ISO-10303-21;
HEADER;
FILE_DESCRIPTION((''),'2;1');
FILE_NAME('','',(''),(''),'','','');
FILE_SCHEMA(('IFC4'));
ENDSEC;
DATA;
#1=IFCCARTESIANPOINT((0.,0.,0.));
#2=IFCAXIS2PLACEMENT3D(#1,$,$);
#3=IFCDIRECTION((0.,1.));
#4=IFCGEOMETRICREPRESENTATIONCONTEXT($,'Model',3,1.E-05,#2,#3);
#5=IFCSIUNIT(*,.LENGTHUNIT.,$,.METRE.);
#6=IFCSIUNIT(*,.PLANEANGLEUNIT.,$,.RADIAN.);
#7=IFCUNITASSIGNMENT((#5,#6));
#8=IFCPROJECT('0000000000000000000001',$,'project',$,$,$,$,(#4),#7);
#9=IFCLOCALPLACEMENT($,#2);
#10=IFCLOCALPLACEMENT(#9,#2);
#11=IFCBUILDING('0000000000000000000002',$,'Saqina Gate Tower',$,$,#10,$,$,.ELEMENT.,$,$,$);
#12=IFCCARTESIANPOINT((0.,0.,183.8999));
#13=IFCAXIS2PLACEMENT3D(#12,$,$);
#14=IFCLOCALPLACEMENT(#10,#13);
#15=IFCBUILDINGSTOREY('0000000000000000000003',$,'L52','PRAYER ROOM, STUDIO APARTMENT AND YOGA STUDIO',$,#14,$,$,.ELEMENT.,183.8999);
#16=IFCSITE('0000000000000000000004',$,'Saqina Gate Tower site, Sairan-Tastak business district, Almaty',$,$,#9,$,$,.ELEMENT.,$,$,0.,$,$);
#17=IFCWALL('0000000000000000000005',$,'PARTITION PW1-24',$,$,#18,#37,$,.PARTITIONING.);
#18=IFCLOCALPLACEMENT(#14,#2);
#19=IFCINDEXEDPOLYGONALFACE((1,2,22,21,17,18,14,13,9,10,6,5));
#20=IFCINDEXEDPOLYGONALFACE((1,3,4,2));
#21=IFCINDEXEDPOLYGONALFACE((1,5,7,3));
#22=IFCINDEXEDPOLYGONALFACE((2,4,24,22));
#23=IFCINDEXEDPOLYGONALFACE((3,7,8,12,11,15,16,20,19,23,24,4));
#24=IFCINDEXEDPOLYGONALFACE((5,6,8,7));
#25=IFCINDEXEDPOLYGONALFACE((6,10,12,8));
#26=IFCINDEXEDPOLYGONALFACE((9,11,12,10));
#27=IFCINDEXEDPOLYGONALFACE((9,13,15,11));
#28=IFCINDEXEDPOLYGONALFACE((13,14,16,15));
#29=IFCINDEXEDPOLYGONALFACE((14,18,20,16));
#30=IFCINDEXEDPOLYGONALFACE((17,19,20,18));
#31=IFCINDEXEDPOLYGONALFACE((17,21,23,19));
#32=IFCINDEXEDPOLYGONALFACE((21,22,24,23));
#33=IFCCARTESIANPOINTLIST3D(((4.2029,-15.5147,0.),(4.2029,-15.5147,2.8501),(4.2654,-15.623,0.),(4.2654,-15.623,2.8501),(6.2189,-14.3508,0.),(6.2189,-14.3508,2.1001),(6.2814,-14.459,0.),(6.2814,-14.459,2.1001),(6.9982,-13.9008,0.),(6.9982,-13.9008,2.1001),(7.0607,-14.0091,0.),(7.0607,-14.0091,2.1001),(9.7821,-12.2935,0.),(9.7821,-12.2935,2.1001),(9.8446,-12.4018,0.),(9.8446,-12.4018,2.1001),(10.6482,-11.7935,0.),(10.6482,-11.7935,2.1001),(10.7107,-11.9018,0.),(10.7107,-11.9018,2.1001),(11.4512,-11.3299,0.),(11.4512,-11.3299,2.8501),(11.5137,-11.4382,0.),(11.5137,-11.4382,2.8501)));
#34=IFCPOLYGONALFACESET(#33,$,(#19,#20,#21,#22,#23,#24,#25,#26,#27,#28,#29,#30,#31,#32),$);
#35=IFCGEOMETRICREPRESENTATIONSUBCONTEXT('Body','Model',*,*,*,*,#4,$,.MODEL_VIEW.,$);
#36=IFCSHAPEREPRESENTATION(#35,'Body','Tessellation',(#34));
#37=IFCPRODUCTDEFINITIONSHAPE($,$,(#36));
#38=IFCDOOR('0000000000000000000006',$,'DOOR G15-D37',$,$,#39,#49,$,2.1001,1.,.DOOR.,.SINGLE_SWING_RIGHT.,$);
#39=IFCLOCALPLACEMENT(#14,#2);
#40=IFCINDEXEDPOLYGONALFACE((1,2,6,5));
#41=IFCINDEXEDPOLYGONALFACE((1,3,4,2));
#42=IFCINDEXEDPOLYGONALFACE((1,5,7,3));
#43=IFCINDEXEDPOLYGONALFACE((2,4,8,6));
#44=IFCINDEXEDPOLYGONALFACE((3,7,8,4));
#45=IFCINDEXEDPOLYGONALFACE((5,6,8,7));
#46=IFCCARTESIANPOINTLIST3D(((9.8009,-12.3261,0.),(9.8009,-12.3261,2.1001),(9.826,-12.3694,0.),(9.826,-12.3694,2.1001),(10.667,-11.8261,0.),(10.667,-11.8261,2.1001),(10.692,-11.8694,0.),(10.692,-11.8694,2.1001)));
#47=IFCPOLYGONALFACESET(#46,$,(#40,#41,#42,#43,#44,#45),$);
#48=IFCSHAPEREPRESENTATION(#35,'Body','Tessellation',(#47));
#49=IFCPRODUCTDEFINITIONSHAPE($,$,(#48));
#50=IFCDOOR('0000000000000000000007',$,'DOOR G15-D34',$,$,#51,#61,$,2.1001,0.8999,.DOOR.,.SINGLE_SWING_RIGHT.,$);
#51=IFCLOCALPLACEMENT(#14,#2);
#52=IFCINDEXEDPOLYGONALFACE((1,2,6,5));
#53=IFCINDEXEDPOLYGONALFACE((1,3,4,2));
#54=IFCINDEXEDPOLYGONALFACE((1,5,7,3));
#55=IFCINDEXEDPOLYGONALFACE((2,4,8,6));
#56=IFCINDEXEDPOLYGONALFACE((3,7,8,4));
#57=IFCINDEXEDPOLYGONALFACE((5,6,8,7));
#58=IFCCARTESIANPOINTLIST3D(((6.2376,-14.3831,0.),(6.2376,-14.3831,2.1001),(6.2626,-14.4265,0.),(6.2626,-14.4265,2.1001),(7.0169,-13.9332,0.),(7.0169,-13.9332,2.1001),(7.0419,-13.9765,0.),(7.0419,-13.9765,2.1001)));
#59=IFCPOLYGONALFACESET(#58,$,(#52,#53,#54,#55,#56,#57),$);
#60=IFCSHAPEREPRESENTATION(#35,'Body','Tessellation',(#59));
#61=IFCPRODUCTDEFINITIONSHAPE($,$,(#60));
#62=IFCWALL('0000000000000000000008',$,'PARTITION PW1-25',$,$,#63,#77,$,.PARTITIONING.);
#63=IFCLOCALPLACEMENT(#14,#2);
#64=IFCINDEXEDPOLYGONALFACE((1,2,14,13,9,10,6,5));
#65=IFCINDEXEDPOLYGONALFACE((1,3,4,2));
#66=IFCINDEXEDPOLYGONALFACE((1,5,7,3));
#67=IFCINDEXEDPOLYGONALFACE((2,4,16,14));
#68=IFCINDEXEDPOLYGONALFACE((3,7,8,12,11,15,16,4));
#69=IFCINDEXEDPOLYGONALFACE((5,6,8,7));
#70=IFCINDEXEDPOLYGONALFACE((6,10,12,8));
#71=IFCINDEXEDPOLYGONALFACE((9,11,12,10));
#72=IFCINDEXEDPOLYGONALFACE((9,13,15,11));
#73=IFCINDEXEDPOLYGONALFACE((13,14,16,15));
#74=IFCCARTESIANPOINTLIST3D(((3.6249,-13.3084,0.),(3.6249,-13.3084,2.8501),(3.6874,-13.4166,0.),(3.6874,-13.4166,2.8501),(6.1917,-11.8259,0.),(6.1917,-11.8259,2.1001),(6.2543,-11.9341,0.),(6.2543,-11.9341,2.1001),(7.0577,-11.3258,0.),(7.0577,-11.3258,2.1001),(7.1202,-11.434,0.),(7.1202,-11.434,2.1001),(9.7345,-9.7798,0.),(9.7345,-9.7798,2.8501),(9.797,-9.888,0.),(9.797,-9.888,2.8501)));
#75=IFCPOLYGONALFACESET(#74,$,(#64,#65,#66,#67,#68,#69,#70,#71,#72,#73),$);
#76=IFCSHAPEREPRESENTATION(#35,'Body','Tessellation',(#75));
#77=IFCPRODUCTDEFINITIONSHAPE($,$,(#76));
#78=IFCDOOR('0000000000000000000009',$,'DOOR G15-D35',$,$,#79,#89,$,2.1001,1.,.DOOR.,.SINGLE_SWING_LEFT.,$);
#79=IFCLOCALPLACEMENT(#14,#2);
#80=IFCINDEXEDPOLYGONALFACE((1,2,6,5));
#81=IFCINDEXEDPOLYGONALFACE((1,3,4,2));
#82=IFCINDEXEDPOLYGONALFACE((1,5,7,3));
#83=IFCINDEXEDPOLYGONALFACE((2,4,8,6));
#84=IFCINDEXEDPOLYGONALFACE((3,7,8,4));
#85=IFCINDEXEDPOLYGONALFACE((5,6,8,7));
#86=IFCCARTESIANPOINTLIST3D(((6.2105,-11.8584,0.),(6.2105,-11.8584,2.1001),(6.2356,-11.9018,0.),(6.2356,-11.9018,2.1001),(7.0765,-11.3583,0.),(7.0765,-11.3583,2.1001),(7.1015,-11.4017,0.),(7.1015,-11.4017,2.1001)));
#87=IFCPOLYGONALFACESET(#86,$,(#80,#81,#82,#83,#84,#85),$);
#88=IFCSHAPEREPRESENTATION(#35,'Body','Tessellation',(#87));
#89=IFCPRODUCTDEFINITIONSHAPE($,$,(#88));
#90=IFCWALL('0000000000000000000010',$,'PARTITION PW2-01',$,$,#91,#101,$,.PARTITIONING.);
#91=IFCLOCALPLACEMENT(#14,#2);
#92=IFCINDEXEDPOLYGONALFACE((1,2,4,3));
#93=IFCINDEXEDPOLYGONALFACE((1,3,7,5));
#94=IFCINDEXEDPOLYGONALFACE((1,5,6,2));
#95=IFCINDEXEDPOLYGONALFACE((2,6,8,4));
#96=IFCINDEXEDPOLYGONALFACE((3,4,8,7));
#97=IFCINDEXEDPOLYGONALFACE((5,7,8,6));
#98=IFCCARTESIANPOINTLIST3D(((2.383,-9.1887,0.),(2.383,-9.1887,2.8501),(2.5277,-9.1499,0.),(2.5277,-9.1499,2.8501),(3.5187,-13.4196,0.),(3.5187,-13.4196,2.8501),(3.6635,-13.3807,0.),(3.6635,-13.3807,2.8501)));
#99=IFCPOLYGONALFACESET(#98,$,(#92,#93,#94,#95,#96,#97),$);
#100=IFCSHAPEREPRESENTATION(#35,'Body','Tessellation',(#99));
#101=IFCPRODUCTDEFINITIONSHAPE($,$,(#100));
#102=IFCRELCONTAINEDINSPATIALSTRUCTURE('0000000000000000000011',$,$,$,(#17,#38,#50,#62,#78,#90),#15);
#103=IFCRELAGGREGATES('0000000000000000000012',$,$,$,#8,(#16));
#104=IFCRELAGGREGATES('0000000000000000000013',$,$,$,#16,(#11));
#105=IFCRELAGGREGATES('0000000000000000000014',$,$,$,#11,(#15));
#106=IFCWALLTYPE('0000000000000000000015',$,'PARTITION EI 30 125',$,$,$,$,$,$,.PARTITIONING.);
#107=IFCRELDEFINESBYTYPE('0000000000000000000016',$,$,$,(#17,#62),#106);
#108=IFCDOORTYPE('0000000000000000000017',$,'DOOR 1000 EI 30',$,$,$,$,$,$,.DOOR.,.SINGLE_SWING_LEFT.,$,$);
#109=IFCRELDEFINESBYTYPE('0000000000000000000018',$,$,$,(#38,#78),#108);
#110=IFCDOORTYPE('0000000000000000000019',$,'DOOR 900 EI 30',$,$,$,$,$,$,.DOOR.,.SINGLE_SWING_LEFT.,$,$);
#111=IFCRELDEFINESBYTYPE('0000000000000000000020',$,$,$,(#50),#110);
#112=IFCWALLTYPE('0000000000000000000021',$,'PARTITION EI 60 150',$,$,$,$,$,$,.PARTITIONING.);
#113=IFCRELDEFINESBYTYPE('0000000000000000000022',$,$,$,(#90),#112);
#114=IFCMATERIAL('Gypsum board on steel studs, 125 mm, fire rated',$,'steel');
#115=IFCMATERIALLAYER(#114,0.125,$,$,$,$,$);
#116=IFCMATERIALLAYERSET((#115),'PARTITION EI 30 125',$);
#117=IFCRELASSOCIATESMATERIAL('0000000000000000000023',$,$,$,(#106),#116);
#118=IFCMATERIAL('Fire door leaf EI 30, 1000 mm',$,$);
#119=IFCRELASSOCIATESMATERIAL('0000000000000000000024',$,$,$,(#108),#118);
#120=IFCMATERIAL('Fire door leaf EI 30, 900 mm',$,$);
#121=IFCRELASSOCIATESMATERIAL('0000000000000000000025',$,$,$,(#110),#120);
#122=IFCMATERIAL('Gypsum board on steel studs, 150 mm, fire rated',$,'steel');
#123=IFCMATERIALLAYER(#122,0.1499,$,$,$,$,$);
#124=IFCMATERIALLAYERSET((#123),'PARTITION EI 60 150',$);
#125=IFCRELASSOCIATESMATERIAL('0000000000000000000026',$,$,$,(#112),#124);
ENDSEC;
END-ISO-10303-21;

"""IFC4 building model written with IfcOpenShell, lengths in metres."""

from ifc_helpers import new_model, si_unit, direction, frame, frame_2d, origin, place, context, subcontext, project, spatial, rectangle, extrude, material, layer, layer_set, type_object, element, fill, save


model = new_model("IFC4")

# Units and contexts
model_context = context("Model", 3, precision=1e-05, world=origin(), true_north=direction((0.0, 1.0)))
body_context = subcontext(model_context, "Body", "Model", "MODEL_VIEW")
ifc_project = project(units=[si_unit("LENGTHUNIT", "METRE"), si_unit("PLANEANGLEUNIT", "RADIAN")], contexts=[model_context])

# Site, building, storey
site_placement = place(None, origin())
site = spatial("IfcSite", under=ifc_project, at=site_placement, Name="Saqina Gate Tower site, Sairan-Tastak business district, Almaty", CompositionType="ELEMENT", RefElevation=0.0)
building_placement = place(site_placement, origin())
building = spatial("IfcBuilding", under=site, at=building_placement, Name="Saqina Gate Tower", CompositionType="ELEMENT")
storey_placement = place(building_placement, frame((0.0, 0.0, 183.8999)))
storey = spatial("IfcBuildingStorey", under=building, at=storey_placement, Name="L52", Description="PRAYER ROOM, STUDIO APARTMENT AND YOGA STUDIO", CompositionType="ELEMENT", Elevation=183.8999)

# Shared definitions
ifc_material_1 = material(Name="Gypsum board on steel studs, 125 mm, fire rated", Category="steel")
ifc_layer_1 = layer(ifc_material_1, 0.125)
ifc_layer_set_1 = layer_set([ifc_layer_1], Name="PARTITION EI 30 125")
wall_type_1 = type_object("IfcWallType", Name="PARTITION EI 30 125", PredefinedType="PARTITIONING", material=ifc_layer_set_1)

# Wall, openings, doors
wall_1_placement = place(storey_placement, frame((4.2341, -15.5688, 0.0), z_axis=(0.0, 0.0, 1.0), x_axis=(0.866025, 0.500001, 0.0)))
wall_1 = element("IfcWall", 1, at=wall_1_placement, inside=storey, type_object=wall_type_1, Name="PARTITION PW1-24", PredefinedType="PARTITIONING", context=body_context, shape_type="SweptSolid", body=[
    extrude(rectangle(XDim=8.3696, YDim=0.125, at=frame_2d((4.1848, 0.0))), origin(), (0.0, 0.0, 1.0), 2.8501),
])
opening_1_placement = place(wall_1_placement, frame((2.3279, 0.0, 0.0)))
opening_1 = element("IfcOpeningElement", 2, at=opening_1_placement, cuts=wall_1, PredefinedType="OPENING", context=body_context, shape_type="SweptSolid", body=[
    extrude(rectangle(XDim=0.8999, YDim=2.1001, at=frame_2d((0.45, 1.05))), frame((0.0, 0.0745, 0.0), z_axis=(0.0, -1.0, 0.0), x_axis=(1.0, 0.0, 0.0)), (0.0, 0.0, 1.0), 0.1489),
])
opening_2_placement = place(wall_1_placement, frame((6.4424, 0.0, 0.0)))
opening_2 = element("IfcOpeningElement", 3, at=opening_2_placement, cuts=wall_1, PredefinedType="OPENING", context=body_context, shape_type="SweptSolid", body=[
    extrude(rectangle(XDim=1.0, YDim=2.1001, at=frame_2d((0.5, 1.05))), frame((0.0, 0.0745, 0.0), z_axis=(0.0, -1.0, 0.0), x_axis=(1.0, 0.0, 0.0)), (0.0, 0.0, 1.0), 0.1489),
])
ifc_material_2 = material(Name="Fire door leaf EI 30, 1000 mm")
door_type_1 = type_object("IfcDoorType", Name="DOOR 1000 EI 30", OperationType="SINGLE_SWING_LEFT", PredefinedType="DOOR", material=ifc_material_2)
door_1_placement = place(opening_2_placement, origin())
door_1 = element("IfcDoor", 4, at=door_1_placement, inside=storey, type_object=door_type_1, Name="DOOR G15-D37", OperationType="SINGLE_SWING_RIGHT", OverallHeight=2.1001, OverallWidth=1.0, PredefinedType="DOOR", context=body_context, shape_type="SweptSolid", body=[
    extrude(rectangle(XDim=1.0, YDim=2.1001, at=frame_2d((0.5, 1.05))), frame((0.0, 0.0249, 0.0), z_axis=(0.0, -1.0, 0.0), x_axis=(1.0, 0.0, 0.0)), (0.0, 0.0, 1.0), 0.05),
])
fill(opening_2, door_1)
ifc_material_3 = material(Name="Fire door leaf EI 30, 900 mm")
door_type_2 = type_object("IfcDoorType", Name="DOOR 900 EI 30", OperationType="SINGLE_SWING_LEFT", PredefinedType="DOOR", material=ifc_material_3)
door_2_placement = place(opening_1_placement, frame((0.8999, 0.0, 0.0), z_axis=(0.0, 0.0, 1.0), x_axis=(-1.0, 0.0, 0.0)))
door_2 = element("IfcDoor", 5, at=door_2_placement, inside=storey, type_object=door_type_2, Name="DOOR G15-D34", OperationType="SINGLE_SWING_RIGHT", OverallHeight=2.1001, OverallWidth=0.8999, PredefinedType="DOOR", context=body_context, shape_type="SweptSolid", body=[
    extrude(rectangle(XDim=0.8999, YDim=2.1001, at=frame_2d((0.45, 1.05))), frame((0.0, 0.0249, 0.0), z_axis=(0.0, -1.0, 0.0), x_axis=(1.0, 0.0, 0.0)), (0.0, 0.0, 1.0), 0.05),
])
fill(opening_1, door_2)

# Wall, opening, door
wall_2_placement = place(storey_placement, frame((3.656, -13.3625, 0.0), z_axis=(0.0, 0.0, 1.0), x_axis=(0.865953, 0.500125, 0.0)))
wall_2 = element("IfcWall", 6, at=wall_2_placement, inside=storey, type_object=wall_type_1, Name="PARTITION PW1-25", PredefinedType="PARTITIONING", context=body_context, shape_type="SweptSolid", body=[
    extrude(rectangle(XDim=7.0554, YDim=0.125, at=frame_2d((3.5278, 0.0))), origin(), (0.0, 0.0, 1.0), 2.8501),
])
opening_3_placement = place(wall_2_placement, frame((2.9644, 0.0, 0.0)))
opening_3 = element("IfcOpeningElement", 7, at=opening_3_placement, cuts=wall_2, PredefinedType="OPENING", context=body_context, shape_type="SweptSolid", body=[
    extrude(rectangle(XDim=1.0, YDim=2.1001, at=frame_2d((0.5, 1.05))), frame((0.0, 0.0745, 0.0), z_axis=(0.0, -1.0, 0.0), x_axis=(1.0, 0.0, 0.0)), (0.0, 0.0, 1.0), 0.1489),
])
door_3_placement = place(opening_3_placement, origin())
door_3 = element("IfcDoor", 8, at=door_3_placement, inside=storey, type_object=door_type_1, Name="DOOR G15-D35", OperationType="SINGLE_SWING_LEFT", OverallHeight=2.1001, OverallWidth=1.0, PredefinedType="DOOR", context=body_context, shape_type="SweptSolid", body=[
    extrude(rectangle(XDim=1.0, YDim=2.1001, at=frame_2d((0.5, 1.05))), frame((0.0, 0.0249, 0.0), z_axis=(0.0, -1.0, 0.0), x_axis=(1.0, 0.0, 0.0)), (0.0, 0.0, 1.0), 0.05),
])
fill(opening_3, door_3)

# Wall
ifc_material_4 = material(Name="Gypsum board on steel studs, 150 mm, fire rated", Category="steel")
ifc_layer_2 = layer(ifc_material_4, 0.1499)
ifc_layer_set_2 = layer_set([ifc_layer_2], Name="PARTITION EI 60 150")
wall_type_2 = type_object("IfcWallType", Name="PARTITION EI 60 150", PredefinedType="PARTITIONING", material=ifc_layer_set_2)
wall_3_placement = place(storey_placement, frame((2.4553, -9.1692, 0.0), z_axis=(0.0, 0.0, 1.0), x_axis=(0.259272, -0.965804, 0.0)))
element("IfcWall", 9, at=wall_3_placement, inside=storey, type_object=wall_type_2, Name="PARTITION PW2-01", PredefinedType="PARTITIONING", context=body_context, shape_type="SweptSolid", body=[
    extrude(rectangle(XDim=4.3806, YDim=0.1499, at=frame_2d((2.1904, 0.0))), origin(), (0.0, 0.0, 1.0), 2.8501),
])

save(model, "model.ifc")
